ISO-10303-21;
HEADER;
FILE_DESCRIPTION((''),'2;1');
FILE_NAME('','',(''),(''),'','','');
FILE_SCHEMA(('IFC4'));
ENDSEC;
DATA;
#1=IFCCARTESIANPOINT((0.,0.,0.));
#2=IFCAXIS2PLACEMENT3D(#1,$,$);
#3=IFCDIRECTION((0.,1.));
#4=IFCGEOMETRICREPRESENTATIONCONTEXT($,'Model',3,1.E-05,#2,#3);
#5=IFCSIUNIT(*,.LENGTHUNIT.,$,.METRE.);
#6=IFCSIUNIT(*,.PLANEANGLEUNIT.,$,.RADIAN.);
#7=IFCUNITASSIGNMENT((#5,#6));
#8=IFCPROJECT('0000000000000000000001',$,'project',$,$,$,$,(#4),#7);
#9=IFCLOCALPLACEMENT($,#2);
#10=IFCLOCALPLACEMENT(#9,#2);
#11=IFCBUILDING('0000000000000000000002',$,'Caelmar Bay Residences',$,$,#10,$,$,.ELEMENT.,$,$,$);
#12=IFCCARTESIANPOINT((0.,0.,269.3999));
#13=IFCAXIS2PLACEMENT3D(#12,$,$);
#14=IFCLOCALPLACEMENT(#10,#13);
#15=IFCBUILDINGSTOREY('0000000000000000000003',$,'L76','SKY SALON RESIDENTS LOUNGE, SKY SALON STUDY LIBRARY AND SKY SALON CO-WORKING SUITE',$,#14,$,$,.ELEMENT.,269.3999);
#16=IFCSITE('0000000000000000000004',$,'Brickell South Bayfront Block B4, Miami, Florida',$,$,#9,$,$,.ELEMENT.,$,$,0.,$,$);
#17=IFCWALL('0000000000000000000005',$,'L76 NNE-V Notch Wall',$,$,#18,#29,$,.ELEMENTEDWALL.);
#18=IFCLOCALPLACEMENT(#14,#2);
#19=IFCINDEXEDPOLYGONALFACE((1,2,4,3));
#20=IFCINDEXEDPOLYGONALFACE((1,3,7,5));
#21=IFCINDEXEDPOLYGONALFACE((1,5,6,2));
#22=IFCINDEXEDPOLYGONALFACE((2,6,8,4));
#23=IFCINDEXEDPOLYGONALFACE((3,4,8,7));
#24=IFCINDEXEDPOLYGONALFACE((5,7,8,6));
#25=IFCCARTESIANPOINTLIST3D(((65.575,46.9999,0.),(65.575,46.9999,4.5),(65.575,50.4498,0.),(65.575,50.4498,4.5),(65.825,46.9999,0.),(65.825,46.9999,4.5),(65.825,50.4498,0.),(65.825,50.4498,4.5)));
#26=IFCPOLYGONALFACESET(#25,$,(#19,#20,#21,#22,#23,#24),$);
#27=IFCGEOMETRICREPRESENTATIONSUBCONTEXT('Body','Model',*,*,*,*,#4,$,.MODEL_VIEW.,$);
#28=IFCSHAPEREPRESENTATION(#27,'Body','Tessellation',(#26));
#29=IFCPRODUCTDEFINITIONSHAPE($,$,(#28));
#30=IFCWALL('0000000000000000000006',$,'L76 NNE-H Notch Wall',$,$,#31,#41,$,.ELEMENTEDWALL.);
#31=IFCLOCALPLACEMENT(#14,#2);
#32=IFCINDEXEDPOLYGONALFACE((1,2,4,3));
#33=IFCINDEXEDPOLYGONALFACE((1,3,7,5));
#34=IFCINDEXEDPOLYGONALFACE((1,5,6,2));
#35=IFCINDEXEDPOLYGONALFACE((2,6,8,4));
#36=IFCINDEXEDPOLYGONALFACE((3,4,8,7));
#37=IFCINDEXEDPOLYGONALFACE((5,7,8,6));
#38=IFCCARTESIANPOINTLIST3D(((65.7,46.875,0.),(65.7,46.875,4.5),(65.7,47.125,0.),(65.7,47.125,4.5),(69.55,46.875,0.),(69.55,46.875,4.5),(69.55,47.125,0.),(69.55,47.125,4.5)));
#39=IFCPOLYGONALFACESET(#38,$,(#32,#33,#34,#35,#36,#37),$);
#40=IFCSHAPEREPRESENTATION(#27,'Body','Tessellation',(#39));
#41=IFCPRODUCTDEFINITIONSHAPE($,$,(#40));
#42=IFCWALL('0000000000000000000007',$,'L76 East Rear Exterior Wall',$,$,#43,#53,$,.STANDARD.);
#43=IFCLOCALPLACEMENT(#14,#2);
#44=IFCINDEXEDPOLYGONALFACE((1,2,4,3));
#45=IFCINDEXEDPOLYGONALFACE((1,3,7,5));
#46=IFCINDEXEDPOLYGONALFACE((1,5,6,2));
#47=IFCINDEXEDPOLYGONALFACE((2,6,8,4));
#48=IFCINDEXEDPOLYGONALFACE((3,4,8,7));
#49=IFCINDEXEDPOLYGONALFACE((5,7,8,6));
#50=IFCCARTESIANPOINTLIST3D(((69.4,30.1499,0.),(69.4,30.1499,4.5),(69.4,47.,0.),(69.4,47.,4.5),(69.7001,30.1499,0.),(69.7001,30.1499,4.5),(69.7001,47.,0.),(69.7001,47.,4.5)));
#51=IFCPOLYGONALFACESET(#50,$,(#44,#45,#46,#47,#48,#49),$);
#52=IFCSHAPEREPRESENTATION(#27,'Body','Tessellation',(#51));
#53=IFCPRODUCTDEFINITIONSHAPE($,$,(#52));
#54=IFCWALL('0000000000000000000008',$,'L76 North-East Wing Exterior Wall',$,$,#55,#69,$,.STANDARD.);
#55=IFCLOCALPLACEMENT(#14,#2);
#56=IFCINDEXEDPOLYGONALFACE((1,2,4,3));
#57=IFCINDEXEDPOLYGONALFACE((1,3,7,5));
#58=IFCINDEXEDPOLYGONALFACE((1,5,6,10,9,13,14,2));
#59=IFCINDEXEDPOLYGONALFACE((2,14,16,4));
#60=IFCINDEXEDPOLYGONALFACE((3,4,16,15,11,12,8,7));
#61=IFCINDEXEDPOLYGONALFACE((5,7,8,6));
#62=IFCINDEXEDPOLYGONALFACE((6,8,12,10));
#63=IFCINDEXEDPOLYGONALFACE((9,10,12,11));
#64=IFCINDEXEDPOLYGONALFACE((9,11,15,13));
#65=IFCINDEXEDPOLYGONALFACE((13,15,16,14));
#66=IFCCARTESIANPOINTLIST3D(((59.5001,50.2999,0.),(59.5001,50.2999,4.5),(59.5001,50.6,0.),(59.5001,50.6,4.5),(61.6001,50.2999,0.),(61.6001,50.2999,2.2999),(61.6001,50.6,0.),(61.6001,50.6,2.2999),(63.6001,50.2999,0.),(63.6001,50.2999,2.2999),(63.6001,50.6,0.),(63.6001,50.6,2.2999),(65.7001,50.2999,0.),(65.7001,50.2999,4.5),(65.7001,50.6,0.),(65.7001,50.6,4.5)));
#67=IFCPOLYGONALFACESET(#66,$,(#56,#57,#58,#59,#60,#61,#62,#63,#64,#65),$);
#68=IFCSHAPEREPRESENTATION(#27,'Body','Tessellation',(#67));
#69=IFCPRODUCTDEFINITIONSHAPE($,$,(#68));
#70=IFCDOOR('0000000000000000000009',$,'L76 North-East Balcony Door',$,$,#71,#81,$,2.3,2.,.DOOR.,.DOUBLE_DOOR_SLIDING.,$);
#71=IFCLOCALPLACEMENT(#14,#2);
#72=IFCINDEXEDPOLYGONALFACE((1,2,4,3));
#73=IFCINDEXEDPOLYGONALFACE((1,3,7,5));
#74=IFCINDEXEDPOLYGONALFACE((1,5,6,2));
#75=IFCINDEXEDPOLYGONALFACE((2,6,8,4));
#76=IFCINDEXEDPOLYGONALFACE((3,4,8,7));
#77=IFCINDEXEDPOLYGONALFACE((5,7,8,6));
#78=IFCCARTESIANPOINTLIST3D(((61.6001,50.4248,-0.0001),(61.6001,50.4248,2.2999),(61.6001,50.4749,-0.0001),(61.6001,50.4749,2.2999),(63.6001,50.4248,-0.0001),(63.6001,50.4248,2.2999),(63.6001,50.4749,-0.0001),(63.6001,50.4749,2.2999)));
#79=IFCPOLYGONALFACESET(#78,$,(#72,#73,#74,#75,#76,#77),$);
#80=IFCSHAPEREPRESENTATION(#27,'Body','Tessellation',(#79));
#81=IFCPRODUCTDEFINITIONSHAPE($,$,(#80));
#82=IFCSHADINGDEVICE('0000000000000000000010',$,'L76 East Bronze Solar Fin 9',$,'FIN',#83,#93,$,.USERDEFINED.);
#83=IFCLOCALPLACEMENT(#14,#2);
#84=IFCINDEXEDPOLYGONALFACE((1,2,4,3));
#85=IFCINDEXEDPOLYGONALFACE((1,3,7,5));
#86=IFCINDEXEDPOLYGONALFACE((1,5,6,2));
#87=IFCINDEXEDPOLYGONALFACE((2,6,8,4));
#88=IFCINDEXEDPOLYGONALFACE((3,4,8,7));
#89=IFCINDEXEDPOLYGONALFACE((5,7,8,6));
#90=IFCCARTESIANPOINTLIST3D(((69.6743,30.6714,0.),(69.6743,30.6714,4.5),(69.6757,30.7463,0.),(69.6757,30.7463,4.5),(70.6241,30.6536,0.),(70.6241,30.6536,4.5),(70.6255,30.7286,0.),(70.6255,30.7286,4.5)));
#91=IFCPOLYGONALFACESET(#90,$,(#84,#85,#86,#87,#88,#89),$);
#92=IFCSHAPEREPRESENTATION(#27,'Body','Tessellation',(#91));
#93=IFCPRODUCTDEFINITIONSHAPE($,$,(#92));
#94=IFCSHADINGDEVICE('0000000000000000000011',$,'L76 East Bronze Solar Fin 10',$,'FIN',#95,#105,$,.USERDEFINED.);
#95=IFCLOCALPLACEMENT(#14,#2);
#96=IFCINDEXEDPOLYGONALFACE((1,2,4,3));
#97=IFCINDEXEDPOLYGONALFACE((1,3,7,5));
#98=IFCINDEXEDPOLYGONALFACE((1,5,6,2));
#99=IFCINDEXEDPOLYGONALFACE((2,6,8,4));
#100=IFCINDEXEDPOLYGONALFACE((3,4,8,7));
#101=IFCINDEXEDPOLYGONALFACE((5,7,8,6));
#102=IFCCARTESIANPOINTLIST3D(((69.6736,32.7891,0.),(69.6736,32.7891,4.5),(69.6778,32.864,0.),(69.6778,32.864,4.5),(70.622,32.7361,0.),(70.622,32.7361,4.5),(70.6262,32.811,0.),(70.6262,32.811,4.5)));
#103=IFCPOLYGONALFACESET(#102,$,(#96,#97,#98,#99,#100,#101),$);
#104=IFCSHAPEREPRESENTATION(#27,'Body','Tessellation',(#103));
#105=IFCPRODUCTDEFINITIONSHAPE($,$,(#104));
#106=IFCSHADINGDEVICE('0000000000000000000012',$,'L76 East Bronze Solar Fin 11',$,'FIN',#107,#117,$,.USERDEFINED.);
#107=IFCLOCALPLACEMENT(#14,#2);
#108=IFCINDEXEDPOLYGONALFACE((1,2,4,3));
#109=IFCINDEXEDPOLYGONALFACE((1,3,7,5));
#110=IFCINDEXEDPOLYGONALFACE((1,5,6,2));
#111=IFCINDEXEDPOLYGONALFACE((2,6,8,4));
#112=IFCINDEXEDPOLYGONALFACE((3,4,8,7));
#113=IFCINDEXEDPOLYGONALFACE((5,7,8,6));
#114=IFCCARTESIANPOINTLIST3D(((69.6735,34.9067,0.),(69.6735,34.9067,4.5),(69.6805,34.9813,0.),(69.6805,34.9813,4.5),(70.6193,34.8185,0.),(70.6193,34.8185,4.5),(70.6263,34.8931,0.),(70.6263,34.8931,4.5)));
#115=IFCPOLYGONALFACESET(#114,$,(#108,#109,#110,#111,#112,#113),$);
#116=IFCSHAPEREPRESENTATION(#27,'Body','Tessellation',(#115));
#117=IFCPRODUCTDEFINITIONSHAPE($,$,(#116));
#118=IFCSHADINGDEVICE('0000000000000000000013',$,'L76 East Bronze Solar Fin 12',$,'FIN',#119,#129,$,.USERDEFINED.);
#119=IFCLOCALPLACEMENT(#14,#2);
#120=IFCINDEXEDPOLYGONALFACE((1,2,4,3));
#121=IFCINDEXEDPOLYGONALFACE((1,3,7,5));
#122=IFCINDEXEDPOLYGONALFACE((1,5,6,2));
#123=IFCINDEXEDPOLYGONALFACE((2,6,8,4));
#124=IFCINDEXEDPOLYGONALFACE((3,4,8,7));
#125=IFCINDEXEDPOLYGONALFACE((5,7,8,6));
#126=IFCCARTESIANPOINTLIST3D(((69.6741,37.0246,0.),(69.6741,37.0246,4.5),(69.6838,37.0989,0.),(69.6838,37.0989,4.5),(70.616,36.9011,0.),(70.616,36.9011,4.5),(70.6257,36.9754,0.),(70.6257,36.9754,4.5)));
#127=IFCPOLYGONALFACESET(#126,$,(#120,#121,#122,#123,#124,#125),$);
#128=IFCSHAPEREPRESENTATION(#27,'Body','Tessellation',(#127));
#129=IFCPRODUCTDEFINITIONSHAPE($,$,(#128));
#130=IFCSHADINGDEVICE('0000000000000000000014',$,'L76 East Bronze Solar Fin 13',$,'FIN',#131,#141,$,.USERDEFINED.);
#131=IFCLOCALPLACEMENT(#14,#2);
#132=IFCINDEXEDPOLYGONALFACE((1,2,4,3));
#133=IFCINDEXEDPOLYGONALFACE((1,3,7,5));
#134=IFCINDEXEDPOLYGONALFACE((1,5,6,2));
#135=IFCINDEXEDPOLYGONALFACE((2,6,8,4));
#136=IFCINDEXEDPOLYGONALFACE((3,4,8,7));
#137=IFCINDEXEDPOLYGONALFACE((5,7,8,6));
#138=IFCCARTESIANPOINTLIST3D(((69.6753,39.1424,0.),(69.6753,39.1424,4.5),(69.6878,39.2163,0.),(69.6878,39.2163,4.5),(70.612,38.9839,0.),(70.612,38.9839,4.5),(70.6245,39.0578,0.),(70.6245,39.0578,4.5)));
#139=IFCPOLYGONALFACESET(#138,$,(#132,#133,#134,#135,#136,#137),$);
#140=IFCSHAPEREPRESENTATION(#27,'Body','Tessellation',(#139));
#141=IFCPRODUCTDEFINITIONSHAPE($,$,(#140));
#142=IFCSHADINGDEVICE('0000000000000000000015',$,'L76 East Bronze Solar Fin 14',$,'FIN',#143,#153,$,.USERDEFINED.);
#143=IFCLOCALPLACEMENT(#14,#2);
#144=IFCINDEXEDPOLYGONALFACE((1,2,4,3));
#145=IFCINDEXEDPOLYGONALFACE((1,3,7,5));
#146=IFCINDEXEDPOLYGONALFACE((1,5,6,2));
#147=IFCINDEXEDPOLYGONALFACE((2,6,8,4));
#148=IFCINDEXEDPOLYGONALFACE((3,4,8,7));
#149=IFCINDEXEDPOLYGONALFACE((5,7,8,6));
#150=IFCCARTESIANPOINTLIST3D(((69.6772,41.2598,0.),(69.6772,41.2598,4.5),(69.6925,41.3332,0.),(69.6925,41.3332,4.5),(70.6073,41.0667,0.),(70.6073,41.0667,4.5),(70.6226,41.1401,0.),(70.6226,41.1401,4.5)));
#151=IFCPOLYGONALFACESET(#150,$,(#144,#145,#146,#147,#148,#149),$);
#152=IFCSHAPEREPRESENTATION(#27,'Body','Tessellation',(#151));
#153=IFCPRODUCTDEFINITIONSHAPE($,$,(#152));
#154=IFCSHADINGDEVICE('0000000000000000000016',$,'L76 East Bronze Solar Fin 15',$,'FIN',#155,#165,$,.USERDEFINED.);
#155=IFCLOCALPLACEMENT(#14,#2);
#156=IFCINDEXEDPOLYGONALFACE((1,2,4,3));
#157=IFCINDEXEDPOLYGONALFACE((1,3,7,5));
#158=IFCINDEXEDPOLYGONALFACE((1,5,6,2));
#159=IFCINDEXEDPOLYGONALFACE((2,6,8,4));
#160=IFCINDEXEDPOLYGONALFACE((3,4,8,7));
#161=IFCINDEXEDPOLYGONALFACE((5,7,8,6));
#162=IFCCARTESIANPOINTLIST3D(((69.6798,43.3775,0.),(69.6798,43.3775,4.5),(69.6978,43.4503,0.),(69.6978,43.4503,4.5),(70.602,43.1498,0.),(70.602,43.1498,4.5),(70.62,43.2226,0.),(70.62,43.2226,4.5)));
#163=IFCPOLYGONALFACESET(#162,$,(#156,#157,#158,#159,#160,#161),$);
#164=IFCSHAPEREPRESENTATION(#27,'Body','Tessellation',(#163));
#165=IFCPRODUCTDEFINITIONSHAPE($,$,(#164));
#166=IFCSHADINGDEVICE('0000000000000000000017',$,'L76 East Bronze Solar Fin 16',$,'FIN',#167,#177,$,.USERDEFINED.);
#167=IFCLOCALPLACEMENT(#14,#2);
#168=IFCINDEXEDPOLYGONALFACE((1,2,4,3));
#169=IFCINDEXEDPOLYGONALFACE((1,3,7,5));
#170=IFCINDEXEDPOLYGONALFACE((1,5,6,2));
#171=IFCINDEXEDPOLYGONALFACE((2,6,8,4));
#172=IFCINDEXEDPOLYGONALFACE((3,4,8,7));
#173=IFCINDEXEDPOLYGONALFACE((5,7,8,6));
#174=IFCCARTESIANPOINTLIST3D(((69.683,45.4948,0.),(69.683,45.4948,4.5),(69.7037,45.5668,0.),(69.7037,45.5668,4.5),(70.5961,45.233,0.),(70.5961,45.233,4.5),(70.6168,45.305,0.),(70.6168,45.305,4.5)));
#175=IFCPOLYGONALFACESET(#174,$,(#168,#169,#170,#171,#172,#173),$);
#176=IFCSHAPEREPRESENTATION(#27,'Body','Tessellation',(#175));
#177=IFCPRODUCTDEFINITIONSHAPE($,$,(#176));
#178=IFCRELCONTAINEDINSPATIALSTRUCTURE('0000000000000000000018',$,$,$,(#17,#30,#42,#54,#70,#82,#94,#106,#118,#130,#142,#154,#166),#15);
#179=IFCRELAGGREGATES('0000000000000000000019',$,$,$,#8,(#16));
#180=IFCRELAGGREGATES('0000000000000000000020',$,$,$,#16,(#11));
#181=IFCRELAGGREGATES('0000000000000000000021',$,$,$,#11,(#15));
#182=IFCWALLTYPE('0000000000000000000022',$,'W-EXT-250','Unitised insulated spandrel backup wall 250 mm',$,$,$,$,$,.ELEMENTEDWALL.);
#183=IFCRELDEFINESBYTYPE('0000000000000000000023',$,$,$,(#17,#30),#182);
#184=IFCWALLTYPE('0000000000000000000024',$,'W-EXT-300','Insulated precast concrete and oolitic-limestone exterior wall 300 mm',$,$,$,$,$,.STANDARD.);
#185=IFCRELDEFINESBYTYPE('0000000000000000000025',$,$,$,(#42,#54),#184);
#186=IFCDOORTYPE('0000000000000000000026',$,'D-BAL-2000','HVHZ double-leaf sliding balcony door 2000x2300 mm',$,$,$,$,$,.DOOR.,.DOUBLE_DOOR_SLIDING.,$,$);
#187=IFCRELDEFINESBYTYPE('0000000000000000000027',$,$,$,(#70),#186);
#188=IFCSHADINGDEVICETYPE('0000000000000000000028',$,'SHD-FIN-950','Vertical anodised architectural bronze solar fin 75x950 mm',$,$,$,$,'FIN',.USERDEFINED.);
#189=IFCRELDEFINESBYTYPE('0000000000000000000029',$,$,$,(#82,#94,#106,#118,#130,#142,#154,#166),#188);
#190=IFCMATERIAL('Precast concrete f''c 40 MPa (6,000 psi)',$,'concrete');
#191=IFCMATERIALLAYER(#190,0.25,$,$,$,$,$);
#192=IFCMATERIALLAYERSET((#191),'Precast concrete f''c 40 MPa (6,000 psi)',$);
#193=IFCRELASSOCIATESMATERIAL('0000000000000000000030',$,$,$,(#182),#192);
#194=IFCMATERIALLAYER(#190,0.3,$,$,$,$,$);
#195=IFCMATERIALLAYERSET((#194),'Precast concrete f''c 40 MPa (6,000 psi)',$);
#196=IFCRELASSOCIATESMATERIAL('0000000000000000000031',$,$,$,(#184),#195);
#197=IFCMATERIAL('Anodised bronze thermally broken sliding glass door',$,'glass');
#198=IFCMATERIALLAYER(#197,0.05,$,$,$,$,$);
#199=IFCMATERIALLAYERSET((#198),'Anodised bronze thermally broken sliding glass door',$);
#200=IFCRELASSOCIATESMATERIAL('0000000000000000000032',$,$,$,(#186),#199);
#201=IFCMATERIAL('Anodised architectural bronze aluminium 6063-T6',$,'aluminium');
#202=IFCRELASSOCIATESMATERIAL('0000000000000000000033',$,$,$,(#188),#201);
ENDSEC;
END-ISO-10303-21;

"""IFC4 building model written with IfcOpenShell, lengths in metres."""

from ifc_helpers import new_model, si_unit, direction, frame, frame_2d, origin, origin_2d, place, context, subcontext, project, spatial, rectangle, extrude, material, layer, layer_set, material_profile, profile_set, type_object, element, fill, save


model = new_model("IFC4")

# Units and contexts
model_context = context("Model", 3, precision=1e-05, world=origin(), true_north=direction((0.0, 1.0)))
body_context = subcontext(model_context, "Body", "Model", "MODEL_VIEW")
ifc_project = project(units=[si_unit("LENGTHUNIT", "METRE"), si_unit("PLANEANGLEUNIT", "RADIAN")], contexts=[model_context])

# Site, building, storey
site_placement = place(None, origin())
site = spatial("IfcSite", under=ifc_project, at=site_placement, Name="Brickell South Bayfront Block B4, Miami, Florida", CompositionType="ELEMENT", RefElevation=0.0)
building_placement = place(site_placement, origin())
building = spatial("IfcBuilding", under=site, at=building_placement, Name="Caelmar Bay Residences", CompositionType="ELEMENT")
storey_placement = place(building_placement, frame((0.0, 0.0, 269.3999)))
storey = spatial("IfcBuildingStorey", under=building, at=storey_placement, Name="L76", Description="SKY SALON RESIDENTS LOUNGE, SKY SALON STUDY LIBRARY AND SKY SALON CO-WORKING SUITE", CompositionType="ELEMENT", Elevation=269.3999)

# Walls
ifc_material_1 = material(Name="Precast concrete f'c 40 MPa (6,000 psi)", Category="concrete")
ifc_layer_1 = layer(ifc_material_1, 0.25)
ifc_layer_set_1 = layer_set([ifc_layer_1], Name="Precast concrete f'c 40 MPa (6,000 psi)")
wall_type_1 = type_object("IfcWallType", Name="W-EXT-250", Description="Unitised insulated spandrel backup wall 250 mm", PredefinedType="ELEMENTEDWALL", material=ifc_layer_set_1)
wall_1_placement = place(storey_placement, frame((65.7, 50.45, 0.0), z_axis=(0.0, 0.0, 1.0), x_axis=(0.0, -1.0, 0.0)))
element("IfcWall", 1, at=wall_1_placement, inside=storey, type_object=wall_type_1, Name="L76 NNE-V Notch Wall", PredefinedType="ELEMENTEDWALL", context=body_context, shape_type="SweptSolid", body=[
    extrude(rectangle(XDim=3.45, YDim=0.25, at=frame_2d((1.7251, 0.0))), origin(), (0.0, 0.0, 1.0), 4.5),
])
wall_2_placement = place(storey_placement, frame((65.7, 47.0, 0.0), z_axis=(0.0, 0.0, 1.0), x_axis=(1.0, 0.0, 0.0)))
element("IfcWall", 2, at=wall_2_placement, inside=storey, type_object=wall_type_1, Name="L76 NNE-H Notch Wall", PredefinedType="ELEMENTEDWALL", context=body_context, shape_type="SweptSolid", body=[
    extrude(rectangle(XDim=3.8501, YDim=0.25, at=frame_2d((1.925, 0.0))), origin(), (0.0, 0.0, 1.0), 4.5),
])
ifc_layer_2 = layer(ifc_material_1, 0.3)
ifc_layer_set_2 = layer_set([ifc_layer_2], Name="Precast concrete f'c 40 MPa (6,000 psi)")
wall_type_2 = type_object("IfcWallType", Name="W-EXT-300", Description="Insulated precast concrete and oolitic-limestone exterior wall 300 mm", PredefinedType="STANDARD", material=ifc_layer_set_2)
wall_3_placement = place(storey_placement, frame((69.55, 47.0, 0.0), z_axis=(0.0, 0.0, 1.0), x_axis=(0.0, -1.0, 0.0)))
element("IfcWall", 3, at=wall_3_placement, inside=storey, type_object=wall_type_2, Name="L76 East Rear Exterior Wall", PredefinedType="STANDARD", context=body_context, shape_type="SweptSolid", body=[
    extrude(rectangle(XDim=16.8501, YDim=0.3, at=frame_2d((8.425, 0.0))), origin(), (0.0, 0.0, 1.0), 4.5),
])

# Wall, opening, door
wall_4_placement = place(storey_placement, frame((59.5, 50.45, 0.0), z_axis=(0.0, 0.0, 1.0), x_axis=(1.0, 0.0, 0.0)))
wall_4 = element("IfcWall", 4, at=wall_4_placement, inside=storey, type_object=wall_type_2, Name="L76 North-East Wing Exterior Wall", PredefinedType="STANDARD", context=body_context, shape_type="SweptSolid", body=[
    extrude(rectangle(XDim=6.2, YDim=0.3, at=frame_2d((3.1001, 0.0))), origin(), (0.0, 0.0, 1.0), 4.5),
])
opening_1_placement = place(wall_4_placement, frame((2.1001, 0.0, 0.0)))
opening_1 = element("IfcOpeningElement", 5, at=opening_1_placement, cuts=wall_4, PredefinedType="OPENING", context=body_context, shape_type="SweptSolid", body=[
    extrude(rectangle(XDim=2.0, YDim=2.3, at=frame_2d((1.0, 1.1499))), frame((0.0, 0.1599, 0.0), z_axis=(0.0, -1.0, 0.0), x_axis=(1.0, 0.0, 0.0)), (0.0, 0.0, 1.0), 0.3201),
])
ifc_material_2 = material(Name="Anodised bronze thermally broken sliding glass door", Category="glass")
ifc_layer_3 = layer(ifc_material_2, 0.05)
ifc_layer_set_3 = layer_set([ifc_layer_3], Name="Anodised bronze thermally broken sliding glass door")
door_type_1 = type_object("IfcDoorType", Name="D-BAL-2000", Description="HVHZ double-leaf sliding balcony door 2000x2300 mm", OperationType="DOUBLE_DOOR_SLIDING", PredefinedType="DOOR", material=ifc_layer_set_3)
door_1_placement = place(opening_1_placement, origin())
door_1 = element("IfcDoor", 6, at=door_1_placement, inside=storey, type_object=door_type_1, Name="L76 North-East Balcony Door", OperationType="DOUBLE_DOOR_SLIDING", OverallHeight=2.3, OverallWidth=2.0, PredefinedType="DOOR", context=body_context, shape_type="SweptSolid", body=[
    extrude(rectangle(XDim=2.0, YDim=2.3, at=frame_2d((1.0, 1.1499))), frame((0.0, 0.0249, 0.0), z_axis=(0.0, -1.0, 0.0), x_axis=(1.0, 0.0, 0.0)), (0.0, 0.0, 1.0), 0.05),
])
fill(opening_1, door_1)

# Shading devices
ifc_material_3 = material(Name="Anodised architectural bronze aluminium 6063-T6", Category="aluminium")
ifc_material_profile_1 = material_profile(ifc_material_3, rectangle(XDim=0.075, YDim=0.95, at=origin_2d()), Name="BRONZE-FIN-75X950")
ifc_profile_set_1 = profile_set([ifc_material_profile_1], Name="Anodised architectural bronze aluminium 6063-T6")
shading_device_type = type_object("IfcShadingDeviceType", Name="SHD-FIN-950", Description="Vertical anodised architectural bronze solar fin 75x950 mm", ElementType="FIN", PredefinedType="USERDEFINED", material=ifc_profile_set_1)
for number, where, z_axis, x_axis, name in (
    (7, (70.1499, 30.7, 0.0), (0.0, 0.0, 1.0), (0.018674, 0.999826, 0.0), "L76 East Bronze Solar Fin 9"),
    (8, (70.1499, 32.8, 0.0), (0.0, 0.0, 1.0), (0.055822, 0.998441, 0.0), "L76 East Bronze Solar Fin 10"),
    (9, (70.1499, 34.8999, 0.0), (0.0, 0.0, 1.0), (0.092892, 0.995676, 0.0), "L76 East Bronze Solar Fin 11"),
    (10, (70.1499, 37.0, 0.0), (0.0, 0.0, 1.0), (0.130007, 0.991513, 0.0), "L76 East Bronze Solar Fin 12"),
    (11, (70.1499, 39.1001, 0.0), (0.0, 0.0, 1.0), (0.166769, 0.985996, 0.0), "L76 East Bronze Solar Fin 13"),
    (12, (70.1499, 41.2, 0.0), (0.0, 0.0, 1.0), (0.2033, 0.979116, 0.0), "L76 East Bronze Solar Fin 14"),
    (13, (70.1499, 43.3, 0.0), (0.0, 0.0, 1.0), (0.23972, 0.970842, 0.0), "L76 East Bronze Solar Fin 15"),
    (14, (70.1499, 45.3999, 0.0), (0.0, 0.0, 1.0), (0.275637, 0.961262, 0.0), "L76 East Bronze Solar Fin 16"),
):
    element("IfcShadingDevice", number, at=place(storey_placement, frame(where, z_axis=z_axis, x_axis=x_axis)), inside=storey, type_object=shading_device_type, Name=name, ObjectType="FIN", PredefinedType="USERDEFINED", context=body_context, shape_type="SweptSolid", body=[
        extrude(rectangle(XDim=0.075, YDim=0.95, at=origin_2d()), origin(), (0.0, 0.0, 1.0), 4.5),
    ])

save(model, "model.ifc")
